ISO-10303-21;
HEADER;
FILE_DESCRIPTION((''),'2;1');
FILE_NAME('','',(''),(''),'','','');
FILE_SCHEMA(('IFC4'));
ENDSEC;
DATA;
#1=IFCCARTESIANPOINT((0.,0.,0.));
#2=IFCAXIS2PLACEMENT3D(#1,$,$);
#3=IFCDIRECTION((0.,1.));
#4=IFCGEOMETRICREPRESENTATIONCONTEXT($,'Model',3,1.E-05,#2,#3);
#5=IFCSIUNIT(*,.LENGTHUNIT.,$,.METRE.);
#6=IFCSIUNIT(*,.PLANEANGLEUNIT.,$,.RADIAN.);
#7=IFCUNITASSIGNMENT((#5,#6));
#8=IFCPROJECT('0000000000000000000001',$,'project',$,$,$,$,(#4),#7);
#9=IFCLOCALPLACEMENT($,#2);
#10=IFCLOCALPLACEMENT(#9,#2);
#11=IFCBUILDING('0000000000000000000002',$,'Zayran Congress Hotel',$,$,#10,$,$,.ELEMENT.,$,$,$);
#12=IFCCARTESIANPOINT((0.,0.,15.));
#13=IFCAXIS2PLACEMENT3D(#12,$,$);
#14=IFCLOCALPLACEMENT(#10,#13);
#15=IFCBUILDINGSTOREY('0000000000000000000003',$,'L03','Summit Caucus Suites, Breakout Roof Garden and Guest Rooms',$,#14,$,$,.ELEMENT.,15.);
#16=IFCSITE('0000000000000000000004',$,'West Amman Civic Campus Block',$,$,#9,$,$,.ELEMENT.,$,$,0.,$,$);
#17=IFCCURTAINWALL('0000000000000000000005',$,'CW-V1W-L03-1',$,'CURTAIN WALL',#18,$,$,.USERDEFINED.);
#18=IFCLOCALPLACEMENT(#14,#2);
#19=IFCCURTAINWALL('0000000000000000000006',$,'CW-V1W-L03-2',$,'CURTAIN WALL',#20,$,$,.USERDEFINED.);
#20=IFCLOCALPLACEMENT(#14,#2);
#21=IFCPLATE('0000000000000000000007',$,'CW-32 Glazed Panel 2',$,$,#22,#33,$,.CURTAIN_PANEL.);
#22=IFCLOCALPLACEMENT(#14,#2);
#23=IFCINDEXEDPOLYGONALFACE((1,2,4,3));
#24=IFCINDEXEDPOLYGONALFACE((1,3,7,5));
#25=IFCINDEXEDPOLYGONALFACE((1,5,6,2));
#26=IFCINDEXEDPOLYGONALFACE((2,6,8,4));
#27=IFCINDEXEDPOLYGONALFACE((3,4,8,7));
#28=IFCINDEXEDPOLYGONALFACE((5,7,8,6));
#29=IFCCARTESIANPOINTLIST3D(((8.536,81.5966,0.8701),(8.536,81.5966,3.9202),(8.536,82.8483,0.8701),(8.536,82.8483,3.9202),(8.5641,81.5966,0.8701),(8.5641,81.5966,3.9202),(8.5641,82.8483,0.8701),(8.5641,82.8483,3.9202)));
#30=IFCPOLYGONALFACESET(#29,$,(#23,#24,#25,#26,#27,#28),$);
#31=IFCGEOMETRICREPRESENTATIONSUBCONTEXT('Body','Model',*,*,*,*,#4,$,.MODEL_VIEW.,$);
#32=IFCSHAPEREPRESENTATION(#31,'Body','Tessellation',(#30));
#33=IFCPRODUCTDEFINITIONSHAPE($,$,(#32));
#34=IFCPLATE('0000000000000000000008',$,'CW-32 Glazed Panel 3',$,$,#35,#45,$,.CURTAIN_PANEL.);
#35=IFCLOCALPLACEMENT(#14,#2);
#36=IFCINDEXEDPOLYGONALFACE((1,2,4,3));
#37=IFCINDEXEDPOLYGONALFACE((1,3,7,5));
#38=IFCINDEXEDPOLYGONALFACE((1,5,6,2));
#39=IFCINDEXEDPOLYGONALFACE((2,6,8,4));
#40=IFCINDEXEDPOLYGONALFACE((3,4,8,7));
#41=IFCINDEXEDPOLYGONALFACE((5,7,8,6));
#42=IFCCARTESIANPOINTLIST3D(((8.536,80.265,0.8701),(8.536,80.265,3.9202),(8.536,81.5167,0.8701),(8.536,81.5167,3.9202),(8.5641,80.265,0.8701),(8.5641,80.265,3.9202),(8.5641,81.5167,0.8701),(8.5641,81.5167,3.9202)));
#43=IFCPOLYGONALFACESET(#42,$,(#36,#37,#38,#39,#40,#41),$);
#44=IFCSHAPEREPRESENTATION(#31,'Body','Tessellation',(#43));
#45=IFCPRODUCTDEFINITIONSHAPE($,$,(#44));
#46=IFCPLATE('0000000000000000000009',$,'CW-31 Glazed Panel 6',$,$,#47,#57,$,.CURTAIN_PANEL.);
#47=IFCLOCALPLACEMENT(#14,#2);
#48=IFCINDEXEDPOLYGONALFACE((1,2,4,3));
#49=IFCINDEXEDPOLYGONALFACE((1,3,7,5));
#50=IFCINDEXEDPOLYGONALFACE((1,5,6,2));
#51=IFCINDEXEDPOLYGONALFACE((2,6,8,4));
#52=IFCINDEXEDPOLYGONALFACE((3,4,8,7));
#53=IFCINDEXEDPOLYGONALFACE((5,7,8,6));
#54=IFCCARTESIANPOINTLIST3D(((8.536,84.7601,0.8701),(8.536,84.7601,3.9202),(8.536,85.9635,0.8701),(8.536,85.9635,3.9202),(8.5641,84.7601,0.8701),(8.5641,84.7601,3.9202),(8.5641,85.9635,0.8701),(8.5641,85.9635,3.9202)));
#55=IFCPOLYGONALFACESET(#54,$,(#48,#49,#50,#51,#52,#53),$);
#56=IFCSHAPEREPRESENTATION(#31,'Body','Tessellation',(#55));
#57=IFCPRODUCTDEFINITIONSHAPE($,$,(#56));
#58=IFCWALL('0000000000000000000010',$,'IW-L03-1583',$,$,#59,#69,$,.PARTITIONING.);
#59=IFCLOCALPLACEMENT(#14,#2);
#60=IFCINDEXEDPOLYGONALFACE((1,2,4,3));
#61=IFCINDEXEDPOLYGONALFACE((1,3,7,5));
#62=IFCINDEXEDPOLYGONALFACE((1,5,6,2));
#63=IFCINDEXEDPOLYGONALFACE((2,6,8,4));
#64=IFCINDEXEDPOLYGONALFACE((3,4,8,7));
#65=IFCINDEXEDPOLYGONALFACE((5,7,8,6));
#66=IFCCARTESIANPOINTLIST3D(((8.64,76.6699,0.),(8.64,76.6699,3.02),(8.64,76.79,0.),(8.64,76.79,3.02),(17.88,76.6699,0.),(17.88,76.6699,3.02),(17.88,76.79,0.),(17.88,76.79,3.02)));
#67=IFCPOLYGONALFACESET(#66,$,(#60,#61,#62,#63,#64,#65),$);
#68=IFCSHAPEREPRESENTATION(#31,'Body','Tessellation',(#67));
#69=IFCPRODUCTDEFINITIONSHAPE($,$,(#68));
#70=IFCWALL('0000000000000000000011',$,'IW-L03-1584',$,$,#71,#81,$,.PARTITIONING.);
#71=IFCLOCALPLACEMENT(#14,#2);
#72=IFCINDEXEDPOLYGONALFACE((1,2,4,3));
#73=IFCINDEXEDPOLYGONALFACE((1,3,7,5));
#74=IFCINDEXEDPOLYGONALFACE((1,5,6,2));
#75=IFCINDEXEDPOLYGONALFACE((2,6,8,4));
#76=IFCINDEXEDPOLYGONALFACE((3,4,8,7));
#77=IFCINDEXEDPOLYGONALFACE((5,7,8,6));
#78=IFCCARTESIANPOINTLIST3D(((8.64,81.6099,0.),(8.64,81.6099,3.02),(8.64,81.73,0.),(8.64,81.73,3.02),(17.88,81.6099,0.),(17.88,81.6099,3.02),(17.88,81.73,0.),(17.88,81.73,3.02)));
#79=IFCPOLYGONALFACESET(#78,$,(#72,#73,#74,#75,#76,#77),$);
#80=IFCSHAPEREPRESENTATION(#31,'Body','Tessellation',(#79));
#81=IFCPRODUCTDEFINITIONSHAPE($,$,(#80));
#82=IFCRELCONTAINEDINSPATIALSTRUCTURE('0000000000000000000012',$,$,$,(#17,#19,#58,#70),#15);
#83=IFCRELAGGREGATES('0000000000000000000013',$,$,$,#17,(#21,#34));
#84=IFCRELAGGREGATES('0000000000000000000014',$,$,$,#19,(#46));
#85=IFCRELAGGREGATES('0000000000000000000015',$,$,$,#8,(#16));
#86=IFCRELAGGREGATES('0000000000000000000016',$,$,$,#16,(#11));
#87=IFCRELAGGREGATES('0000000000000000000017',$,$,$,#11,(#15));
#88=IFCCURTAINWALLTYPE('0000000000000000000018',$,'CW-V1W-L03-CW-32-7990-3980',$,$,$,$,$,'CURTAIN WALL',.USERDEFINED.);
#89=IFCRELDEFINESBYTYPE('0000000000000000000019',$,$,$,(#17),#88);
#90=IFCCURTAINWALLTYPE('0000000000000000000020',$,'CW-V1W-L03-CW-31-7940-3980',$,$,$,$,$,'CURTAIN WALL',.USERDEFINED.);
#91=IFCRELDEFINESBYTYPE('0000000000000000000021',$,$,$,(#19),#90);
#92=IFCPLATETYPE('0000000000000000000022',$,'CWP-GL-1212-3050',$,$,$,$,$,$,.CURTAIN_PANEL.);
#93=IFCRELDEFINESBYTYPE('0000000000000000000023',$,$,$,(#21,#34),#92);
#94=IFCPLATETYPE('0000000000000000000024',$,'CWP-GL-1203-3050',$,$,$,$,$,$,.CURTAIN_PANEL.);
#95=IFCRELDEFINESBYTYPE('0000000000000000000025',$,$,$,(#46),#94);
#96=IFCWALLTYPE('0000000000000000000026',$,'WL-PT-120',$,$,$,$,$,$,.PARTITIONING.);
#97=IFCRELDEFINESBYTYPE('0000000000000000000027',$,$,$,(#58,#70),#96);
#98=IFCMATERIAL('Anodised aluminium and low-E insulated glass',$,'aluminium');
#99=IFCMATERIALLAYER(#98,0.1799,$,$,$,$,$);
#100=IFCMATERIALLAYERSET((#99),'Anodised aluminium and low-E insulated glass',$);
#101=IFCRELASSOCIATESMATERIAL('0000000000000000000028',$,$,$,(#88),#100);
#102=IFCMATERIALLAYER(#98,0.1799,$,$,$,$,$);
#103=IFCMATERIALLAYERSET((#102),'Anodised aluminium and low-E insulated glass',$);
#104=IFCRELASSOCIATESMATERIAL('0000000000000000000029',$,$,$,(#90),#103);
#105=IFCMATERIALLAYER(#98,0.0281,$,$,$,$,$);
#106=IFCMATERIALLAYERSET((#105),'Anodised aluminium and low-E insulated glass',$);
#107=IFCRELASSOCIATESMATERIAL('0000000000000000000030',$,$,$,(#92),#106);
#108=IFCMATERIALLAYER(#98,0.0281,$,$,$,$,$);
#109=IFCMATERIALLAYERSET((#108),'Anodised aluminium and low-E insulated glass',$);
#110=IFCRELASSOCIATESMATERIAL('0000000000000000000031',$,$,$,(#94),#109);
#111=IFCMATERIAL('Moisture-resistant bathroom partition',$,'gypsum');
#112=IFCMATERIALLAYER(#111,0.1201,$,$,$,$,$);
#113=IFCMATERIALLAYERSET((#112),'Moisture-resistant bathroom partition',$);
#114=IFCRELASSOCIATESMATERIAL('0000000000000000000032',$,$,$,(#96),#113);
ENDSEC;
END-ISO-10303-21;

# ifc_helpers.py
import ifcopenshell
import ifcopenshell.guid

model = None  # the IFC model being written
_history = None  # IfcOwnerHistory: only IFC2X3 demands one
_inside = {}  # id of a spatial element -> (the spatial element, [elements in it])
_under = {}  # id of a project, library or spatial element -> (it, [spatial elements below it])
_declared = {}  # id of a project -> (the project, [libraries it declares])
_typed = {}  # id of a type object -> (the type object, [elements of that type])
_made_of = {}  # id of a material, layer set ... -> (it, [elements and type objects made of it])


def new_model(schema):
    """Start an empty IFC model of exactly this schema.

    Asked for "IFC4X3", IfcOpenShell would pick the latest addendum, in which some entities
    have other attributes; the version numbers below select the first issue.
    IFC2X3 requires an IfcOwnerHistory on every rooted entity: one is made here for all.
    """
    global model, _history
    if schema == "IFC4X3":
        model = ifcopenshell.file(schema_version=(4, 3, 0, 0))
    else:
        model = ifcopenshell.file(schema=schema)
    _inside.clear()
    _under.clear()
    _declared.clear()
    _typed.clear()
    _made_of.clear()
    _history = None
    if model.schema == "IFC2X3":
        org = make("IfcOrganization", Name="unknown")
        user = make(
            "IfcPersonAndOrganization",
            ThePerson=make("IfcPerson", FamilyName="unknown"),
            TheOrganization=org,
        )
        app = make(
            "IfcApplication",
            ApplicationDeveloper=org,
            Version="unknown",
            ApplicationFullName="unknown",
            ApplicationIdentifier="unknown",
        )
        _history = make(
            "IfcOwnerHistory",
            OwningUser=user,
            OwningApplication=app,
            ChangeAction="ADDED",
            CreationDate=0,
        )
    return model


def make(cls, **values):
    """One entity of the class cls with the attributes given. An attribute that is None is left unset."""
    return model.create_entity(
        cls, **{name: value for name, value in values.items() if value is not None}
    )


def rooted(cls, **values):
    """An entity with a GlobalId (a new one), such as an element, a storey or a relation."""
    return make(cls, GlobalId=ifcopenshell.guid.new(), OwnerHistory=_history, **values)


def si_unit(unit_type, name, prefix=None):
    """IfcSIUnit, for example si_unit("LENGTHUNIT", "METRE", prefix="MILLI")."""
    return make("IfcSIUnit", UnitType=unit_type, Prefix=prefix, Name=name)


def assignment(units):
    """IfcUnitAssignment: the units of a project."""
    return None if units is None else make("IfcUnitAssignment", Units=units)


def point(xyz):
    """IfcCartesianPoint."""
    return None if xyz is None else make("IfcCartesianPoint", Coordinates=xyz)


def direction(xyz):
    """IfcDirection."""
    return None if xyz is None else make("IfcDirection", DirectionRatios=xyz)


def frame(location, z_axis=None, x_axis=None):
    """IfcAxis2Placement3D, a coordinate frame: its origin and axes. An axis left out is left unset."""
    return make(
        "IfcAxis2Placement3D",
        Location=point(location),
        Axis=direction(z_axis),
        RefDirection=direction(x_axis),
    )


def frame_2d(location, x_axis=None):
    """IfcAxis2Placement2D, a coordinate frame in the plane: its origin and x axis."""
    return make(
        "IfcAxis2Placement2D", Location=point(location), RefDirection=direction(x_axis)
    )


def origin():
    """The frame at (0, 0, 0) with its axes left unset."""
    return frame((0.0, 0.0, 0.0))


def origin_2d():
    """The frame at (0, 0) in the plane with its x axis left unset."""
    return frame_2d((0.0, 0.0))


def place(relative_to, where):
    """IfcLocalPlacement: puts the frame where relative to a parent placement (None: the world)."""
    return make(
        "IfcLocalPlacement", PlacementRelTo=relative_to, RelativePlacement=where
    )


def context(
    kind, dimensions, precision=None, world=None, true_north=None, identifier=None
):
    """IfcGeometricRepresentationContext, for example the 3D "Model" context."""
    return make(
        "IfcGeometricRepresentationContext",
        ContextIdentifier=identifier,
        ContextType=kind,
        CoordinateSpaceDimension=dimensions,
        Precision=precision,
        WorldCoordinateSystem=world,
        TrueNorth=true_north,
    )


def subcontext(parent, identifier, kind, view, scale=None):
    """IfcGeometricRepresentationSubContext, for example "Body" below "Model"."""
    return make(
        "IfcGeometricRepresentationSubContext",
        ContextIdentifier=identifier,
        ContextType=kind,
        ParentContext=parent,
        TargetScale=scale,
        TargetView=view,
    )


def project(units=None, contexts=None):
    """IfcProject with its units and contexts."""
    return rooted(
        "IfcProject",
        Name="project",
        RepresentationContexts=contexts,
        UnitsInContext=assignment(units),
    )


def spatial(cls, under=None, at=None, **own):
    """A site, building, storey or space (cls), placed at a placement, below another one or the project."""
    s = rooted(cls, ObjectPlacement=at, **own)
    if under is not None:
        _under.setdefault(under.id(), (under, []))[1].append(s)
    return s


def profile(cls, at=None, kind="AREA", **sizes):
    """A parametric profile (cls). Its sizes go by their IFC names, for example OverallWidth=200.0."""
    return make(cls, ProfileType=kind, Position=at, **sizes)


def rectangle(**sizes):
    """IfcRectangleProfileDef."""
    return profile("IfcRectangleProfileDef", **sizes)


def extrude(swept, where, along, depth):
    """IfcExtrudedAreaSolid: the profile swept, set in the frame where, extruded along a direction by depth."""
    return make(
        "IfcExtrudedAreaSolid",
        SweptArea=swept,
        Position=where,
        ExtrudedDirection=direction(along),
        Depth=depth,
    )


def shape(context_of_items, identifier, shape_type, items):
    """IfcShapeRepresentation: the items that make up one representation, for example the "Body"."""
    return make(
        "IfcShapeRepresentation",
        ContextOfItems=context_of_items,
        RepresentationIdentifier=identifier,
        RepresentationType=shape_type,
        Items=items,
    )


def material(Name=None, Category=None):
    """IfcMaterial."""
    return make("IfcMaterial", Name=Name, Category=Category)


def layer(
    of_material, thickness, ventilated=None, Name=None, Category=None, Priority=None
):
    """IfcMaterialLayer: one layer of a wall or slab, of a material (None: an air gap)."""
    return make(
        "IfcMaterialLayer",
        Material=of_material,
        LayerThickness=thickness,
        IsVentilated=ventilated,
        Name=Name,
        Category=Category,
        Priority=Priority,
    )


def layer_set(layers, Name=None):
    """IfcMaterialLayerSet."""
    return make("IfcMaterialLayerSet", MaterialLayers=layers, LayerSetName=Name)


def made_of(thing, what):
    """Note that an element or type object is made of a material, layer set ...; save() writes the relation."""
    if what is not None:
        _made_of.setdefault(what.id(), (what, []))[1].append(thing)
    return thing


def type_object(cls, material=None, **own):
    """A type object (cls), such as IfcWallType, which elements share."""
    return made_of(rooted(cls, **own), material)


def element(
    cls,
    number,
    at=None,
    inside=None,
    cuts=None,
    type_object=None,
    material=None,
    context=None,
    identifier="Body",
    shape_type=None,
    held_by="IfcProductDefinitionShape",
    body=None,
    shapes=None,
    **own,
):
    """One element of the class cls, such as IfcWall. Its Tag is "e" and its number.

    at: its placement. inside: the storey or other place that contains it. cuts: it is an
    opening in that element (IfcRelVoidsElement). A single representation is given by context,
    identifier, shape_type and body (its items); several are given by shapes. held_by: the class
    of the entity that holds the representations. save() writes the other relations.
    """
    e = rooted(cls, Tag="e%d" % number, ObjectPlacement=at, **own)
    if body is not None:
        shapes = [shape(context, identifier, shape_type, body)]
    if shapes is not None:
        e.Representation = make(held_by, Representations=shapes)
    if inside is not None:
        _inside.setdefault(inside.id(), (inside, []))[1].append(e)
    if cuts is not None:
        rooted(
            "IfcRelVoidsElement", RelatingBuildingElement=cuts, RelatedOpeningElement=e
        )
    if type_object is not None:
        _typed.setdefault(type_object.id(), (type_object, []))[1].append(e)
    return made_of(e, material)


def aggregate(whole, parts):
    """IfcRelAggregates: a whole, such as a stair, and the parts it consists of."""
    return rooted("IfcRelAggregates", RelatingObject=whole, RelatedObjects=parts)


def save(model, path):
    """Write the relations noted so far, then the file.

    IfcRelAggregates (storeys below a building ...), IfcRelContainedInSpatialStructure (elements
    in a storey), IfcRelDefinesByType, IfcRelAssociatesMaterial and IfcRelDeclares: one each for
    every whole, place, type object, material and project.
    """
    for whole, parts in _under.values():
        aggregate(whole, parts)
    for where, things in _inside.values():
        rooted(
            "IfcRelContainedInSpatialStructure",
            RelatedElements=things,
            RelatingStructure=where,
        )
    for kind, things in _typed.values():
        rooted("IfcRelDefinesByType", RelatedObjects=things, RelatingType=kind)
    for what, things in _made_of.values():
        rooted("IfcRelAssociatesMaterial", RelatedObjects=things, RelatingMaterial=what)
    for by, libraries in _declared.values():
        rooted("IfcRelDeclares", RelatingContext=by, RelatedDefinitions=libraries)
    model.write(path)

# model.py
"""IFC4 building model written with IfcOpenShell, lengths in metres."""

from ifc_helpers import new_model, si_unit, direction, frame, frame_2d, origin, origin_2d, place, context, subcontext, project, spatial, rectangle, extrude, material, layer, layer_set, type_object, element, aggregate, save


model = new_model("IFC4")

# Units and contexts
model_context = context("Model", 3, precision=1e-05, world=origin(), true_north=direction((0.0, 1.0)))
body_context = subcontext(model_context, "Body", "Model", "MODEL_VIEW")
ifc_project = project(units=[si_unit("LENGTHUNIT", "METRE"), si_unit("PLANEANGLEUNIT", "RADIAN")], contexts=[model_context])

# Site, building, storey
site_placement = place(None, origin())
site = spatial("IfcSite", under=ifc_project, at=site_placement, Name="West Amman Civic Campus Block", CompositionType="ELEMENT", RefElevation=0.0)
building_placement = place(site_placement, origin())
building = spatial("IfcBuilding", under=site, at=building_placement, Name="Zayran Congress Hotel", CompositionType="ELEMENT")
storey_placement = place(building_placement, frame((0.0, 0.0, 15.0)))
storey = spatial("IfcBuildingStorey", under=building, at=storey_placement, Name="L03", Description="Summit Caucus Suites, Breakout Roof Garden and Guest Rooms", CompositionType="ELEMENT", Elevation=15.0)

# Curtain walls
ifc_material_1 = material(Name="Anodised aluminium and low-E insulated glass", Category="aluminium")
ifc_layer_1 = layer(ifc_material_1, 0.1799)
ifc_layer_set_1 = layer_set([ifc_layer_1], Name="Anodised aluminium and low-E insulated glass")
curtain_wall_type_1 = type_object("IfcCurtainWallType", Name="CW-V1W-L03-CW-32-7990-3980", ElementType="CURTAIN WALL", PredefinedType="USERDEFINED", material=ifc_layer_set_1)
curtain_wall_1_placement = place(storey_placement, origin())
curtain_wall_1 = element("IfcCurtainWall", 1, at=curtain_wall_1_placement, inside=storey, type_object=curtain_wall_type_1, Name="CW-V1W-L03-1", ObjectType="CURTAIN WALL", PredefinedType="USERDEFINED")
ifc_layer_2 = layer(ifc_material_1, 0.1799)
ifc_layer_set_2 = layer_set([ifc_layer_2], Name="Anodised aluminium and low-E insulated glass")
curtain_wall_type_2 = type_object("IfcCurtainWallType", Name="CW-V1W-L03-CW-31-7940-3980", ElementType="CURTAIN WALL", PredefinedType="USERDEFINED", material=ifc_layer_set_2)
curtain_wall_2_placement = place(storey_placement, origin())
curtain_wall_2 = element("IfcCurtainWall", 2, at=curtain_wall_2_placement, inside=storey, type_object=curtain_wall_type_2, Name="CW-V1W-L03-2", ObjectType="CURTAIN WALL", PredefinedType="USERDEFINED")

# Plates
ifc_layer_3 = layer(ifc_material_1, 0.0281)
ifc_layer_set_3 = layer_set([ifc_layer_3], Name="Anodised aluminium and low-E insulated glass")
plate_type_1 = type_object("IfcPlateType", Name="CWP-GL-1212-3050", PredefinedType="CURTAIN_PANEL", material=ifc_layer_set_3)
plate_1_placement = place(storey_placement, frame((8.55, 82.2224, 0.8701), z_axis=(0.0, 0.0, 1.0), x_axis=(0.0, 1.0, 0.0)))
plate_1 = element("IfcPlate", 3, at=plate_1_placement, type_object=plate_type_1, Name="CW-32 Glazed Panel 2", PredefinedType="CURTAIN_PANEL", context=body_context, shape_type="SweptSolid", body=[
    extrude(rectangle(XDim=1.2517, YDim=0.0281, at=origin_2d()), origin(), (0.0, 0.0, 1.0), 3.05),
])
plate_2_placement = place(storey_placement, frame((8.55, 80.8909, 0.8701), z_axis=(0.0, 0.0, 1.0), x_axis=(0.0, 1.0, 0.0)))
plate_2 = element("IfcPlate", 4, at=plate_2_placement, type_object=plate_type_1, Name="CW-32 Glazed Panel 3", PredefinedType="CURTAIN_PANEL", context=body_context, shape_type="SweptSolid", body=[
    extrude(rectangle(XDim=1.2517, YDim=0.0281, at=origin_2d()), origin(), (0.0, 0.0, 1.0), 3.05),
])
aggregate(curtain_wall_1, [plate_1, plate_2])
ifc_layer_4 = layer(ifc_material_1, 0.0281)
ifc_layer_set_4 = layer_set([ifc_layer_4], Name="Anodised aluminium and low-E insulated glass")
plate_type_2 = type_object("IfcPlateType", Name="CWP-GL-1203-3050", PredefinedType="CURTAIN_PANEL", material=ifc_layer_set_4)
plate_3_placement = place(storey_placement, frame((8.55, 85.3618, 0.8701), z_axis=(0.0, 0.0, 1.0), x_axis=(0.0, 1.0, 0.0)))
plate_3 = element("IfcPlate", 5, at=plate_3_placement, type_object=plate_type_2, Name="CW-31 Glazed Panel 6", PredefinedType="CURTAIN_PANEL", context=body_context, shape_type="SweptSolid", body=[
    extrude(rectangle(XDim=1.2034, YDim=0.0281, at=origin_2d()), origin(), (0.0, 0.0, 1.0), 3.05),
])
aggregate(curtain_wall_2, [plate_3])

# Walls
ifc_material_2 = material(Name="Moisture-resistant bathroom partition", Category="gypsum")
ifc_layer_5 = layer(ifc_material_2, 0.1201)
ifc_layer_set_5 = layer_set([ifc_layer_5], Name="Moisture-resistant bathroom partition")
wall_type = type_object("IfcWallType", Name="WL-PT-120", PredefinedType="PARTITIONING", material=ifc_layer_set_5)
for number, where, z_axis, x_axis, name in (
    (6, (8.6399, 76.73, 0.0), (0.0, 0.0, 1.0), (1.0, 0.0, 0.0), "IW-L03-1583"),
    (7, (8.6399, 81.6699, 0.0), (0.0, 0.0, 1.0), (1.0, 0.0, 0.0), "IW-L03-1584"),
):
    element("IfcWall", number, at=place(storey_placement, frame(where, z_axis=z_axis, x_axis=x_axis)), inside=storey, type_object=wall_type, Name=name, PredefinedType="PARTITIONING", context=body_context, shape_type="SweptSolid", body=[
        extrude(rectangle(XDim=9.24, YDim=0.1201, at=frame_2d((4.6201, 0.0))), origin(), (0.0, 0.0, 1.0), 3.02),
    ])

save(model, "model.ifc")
